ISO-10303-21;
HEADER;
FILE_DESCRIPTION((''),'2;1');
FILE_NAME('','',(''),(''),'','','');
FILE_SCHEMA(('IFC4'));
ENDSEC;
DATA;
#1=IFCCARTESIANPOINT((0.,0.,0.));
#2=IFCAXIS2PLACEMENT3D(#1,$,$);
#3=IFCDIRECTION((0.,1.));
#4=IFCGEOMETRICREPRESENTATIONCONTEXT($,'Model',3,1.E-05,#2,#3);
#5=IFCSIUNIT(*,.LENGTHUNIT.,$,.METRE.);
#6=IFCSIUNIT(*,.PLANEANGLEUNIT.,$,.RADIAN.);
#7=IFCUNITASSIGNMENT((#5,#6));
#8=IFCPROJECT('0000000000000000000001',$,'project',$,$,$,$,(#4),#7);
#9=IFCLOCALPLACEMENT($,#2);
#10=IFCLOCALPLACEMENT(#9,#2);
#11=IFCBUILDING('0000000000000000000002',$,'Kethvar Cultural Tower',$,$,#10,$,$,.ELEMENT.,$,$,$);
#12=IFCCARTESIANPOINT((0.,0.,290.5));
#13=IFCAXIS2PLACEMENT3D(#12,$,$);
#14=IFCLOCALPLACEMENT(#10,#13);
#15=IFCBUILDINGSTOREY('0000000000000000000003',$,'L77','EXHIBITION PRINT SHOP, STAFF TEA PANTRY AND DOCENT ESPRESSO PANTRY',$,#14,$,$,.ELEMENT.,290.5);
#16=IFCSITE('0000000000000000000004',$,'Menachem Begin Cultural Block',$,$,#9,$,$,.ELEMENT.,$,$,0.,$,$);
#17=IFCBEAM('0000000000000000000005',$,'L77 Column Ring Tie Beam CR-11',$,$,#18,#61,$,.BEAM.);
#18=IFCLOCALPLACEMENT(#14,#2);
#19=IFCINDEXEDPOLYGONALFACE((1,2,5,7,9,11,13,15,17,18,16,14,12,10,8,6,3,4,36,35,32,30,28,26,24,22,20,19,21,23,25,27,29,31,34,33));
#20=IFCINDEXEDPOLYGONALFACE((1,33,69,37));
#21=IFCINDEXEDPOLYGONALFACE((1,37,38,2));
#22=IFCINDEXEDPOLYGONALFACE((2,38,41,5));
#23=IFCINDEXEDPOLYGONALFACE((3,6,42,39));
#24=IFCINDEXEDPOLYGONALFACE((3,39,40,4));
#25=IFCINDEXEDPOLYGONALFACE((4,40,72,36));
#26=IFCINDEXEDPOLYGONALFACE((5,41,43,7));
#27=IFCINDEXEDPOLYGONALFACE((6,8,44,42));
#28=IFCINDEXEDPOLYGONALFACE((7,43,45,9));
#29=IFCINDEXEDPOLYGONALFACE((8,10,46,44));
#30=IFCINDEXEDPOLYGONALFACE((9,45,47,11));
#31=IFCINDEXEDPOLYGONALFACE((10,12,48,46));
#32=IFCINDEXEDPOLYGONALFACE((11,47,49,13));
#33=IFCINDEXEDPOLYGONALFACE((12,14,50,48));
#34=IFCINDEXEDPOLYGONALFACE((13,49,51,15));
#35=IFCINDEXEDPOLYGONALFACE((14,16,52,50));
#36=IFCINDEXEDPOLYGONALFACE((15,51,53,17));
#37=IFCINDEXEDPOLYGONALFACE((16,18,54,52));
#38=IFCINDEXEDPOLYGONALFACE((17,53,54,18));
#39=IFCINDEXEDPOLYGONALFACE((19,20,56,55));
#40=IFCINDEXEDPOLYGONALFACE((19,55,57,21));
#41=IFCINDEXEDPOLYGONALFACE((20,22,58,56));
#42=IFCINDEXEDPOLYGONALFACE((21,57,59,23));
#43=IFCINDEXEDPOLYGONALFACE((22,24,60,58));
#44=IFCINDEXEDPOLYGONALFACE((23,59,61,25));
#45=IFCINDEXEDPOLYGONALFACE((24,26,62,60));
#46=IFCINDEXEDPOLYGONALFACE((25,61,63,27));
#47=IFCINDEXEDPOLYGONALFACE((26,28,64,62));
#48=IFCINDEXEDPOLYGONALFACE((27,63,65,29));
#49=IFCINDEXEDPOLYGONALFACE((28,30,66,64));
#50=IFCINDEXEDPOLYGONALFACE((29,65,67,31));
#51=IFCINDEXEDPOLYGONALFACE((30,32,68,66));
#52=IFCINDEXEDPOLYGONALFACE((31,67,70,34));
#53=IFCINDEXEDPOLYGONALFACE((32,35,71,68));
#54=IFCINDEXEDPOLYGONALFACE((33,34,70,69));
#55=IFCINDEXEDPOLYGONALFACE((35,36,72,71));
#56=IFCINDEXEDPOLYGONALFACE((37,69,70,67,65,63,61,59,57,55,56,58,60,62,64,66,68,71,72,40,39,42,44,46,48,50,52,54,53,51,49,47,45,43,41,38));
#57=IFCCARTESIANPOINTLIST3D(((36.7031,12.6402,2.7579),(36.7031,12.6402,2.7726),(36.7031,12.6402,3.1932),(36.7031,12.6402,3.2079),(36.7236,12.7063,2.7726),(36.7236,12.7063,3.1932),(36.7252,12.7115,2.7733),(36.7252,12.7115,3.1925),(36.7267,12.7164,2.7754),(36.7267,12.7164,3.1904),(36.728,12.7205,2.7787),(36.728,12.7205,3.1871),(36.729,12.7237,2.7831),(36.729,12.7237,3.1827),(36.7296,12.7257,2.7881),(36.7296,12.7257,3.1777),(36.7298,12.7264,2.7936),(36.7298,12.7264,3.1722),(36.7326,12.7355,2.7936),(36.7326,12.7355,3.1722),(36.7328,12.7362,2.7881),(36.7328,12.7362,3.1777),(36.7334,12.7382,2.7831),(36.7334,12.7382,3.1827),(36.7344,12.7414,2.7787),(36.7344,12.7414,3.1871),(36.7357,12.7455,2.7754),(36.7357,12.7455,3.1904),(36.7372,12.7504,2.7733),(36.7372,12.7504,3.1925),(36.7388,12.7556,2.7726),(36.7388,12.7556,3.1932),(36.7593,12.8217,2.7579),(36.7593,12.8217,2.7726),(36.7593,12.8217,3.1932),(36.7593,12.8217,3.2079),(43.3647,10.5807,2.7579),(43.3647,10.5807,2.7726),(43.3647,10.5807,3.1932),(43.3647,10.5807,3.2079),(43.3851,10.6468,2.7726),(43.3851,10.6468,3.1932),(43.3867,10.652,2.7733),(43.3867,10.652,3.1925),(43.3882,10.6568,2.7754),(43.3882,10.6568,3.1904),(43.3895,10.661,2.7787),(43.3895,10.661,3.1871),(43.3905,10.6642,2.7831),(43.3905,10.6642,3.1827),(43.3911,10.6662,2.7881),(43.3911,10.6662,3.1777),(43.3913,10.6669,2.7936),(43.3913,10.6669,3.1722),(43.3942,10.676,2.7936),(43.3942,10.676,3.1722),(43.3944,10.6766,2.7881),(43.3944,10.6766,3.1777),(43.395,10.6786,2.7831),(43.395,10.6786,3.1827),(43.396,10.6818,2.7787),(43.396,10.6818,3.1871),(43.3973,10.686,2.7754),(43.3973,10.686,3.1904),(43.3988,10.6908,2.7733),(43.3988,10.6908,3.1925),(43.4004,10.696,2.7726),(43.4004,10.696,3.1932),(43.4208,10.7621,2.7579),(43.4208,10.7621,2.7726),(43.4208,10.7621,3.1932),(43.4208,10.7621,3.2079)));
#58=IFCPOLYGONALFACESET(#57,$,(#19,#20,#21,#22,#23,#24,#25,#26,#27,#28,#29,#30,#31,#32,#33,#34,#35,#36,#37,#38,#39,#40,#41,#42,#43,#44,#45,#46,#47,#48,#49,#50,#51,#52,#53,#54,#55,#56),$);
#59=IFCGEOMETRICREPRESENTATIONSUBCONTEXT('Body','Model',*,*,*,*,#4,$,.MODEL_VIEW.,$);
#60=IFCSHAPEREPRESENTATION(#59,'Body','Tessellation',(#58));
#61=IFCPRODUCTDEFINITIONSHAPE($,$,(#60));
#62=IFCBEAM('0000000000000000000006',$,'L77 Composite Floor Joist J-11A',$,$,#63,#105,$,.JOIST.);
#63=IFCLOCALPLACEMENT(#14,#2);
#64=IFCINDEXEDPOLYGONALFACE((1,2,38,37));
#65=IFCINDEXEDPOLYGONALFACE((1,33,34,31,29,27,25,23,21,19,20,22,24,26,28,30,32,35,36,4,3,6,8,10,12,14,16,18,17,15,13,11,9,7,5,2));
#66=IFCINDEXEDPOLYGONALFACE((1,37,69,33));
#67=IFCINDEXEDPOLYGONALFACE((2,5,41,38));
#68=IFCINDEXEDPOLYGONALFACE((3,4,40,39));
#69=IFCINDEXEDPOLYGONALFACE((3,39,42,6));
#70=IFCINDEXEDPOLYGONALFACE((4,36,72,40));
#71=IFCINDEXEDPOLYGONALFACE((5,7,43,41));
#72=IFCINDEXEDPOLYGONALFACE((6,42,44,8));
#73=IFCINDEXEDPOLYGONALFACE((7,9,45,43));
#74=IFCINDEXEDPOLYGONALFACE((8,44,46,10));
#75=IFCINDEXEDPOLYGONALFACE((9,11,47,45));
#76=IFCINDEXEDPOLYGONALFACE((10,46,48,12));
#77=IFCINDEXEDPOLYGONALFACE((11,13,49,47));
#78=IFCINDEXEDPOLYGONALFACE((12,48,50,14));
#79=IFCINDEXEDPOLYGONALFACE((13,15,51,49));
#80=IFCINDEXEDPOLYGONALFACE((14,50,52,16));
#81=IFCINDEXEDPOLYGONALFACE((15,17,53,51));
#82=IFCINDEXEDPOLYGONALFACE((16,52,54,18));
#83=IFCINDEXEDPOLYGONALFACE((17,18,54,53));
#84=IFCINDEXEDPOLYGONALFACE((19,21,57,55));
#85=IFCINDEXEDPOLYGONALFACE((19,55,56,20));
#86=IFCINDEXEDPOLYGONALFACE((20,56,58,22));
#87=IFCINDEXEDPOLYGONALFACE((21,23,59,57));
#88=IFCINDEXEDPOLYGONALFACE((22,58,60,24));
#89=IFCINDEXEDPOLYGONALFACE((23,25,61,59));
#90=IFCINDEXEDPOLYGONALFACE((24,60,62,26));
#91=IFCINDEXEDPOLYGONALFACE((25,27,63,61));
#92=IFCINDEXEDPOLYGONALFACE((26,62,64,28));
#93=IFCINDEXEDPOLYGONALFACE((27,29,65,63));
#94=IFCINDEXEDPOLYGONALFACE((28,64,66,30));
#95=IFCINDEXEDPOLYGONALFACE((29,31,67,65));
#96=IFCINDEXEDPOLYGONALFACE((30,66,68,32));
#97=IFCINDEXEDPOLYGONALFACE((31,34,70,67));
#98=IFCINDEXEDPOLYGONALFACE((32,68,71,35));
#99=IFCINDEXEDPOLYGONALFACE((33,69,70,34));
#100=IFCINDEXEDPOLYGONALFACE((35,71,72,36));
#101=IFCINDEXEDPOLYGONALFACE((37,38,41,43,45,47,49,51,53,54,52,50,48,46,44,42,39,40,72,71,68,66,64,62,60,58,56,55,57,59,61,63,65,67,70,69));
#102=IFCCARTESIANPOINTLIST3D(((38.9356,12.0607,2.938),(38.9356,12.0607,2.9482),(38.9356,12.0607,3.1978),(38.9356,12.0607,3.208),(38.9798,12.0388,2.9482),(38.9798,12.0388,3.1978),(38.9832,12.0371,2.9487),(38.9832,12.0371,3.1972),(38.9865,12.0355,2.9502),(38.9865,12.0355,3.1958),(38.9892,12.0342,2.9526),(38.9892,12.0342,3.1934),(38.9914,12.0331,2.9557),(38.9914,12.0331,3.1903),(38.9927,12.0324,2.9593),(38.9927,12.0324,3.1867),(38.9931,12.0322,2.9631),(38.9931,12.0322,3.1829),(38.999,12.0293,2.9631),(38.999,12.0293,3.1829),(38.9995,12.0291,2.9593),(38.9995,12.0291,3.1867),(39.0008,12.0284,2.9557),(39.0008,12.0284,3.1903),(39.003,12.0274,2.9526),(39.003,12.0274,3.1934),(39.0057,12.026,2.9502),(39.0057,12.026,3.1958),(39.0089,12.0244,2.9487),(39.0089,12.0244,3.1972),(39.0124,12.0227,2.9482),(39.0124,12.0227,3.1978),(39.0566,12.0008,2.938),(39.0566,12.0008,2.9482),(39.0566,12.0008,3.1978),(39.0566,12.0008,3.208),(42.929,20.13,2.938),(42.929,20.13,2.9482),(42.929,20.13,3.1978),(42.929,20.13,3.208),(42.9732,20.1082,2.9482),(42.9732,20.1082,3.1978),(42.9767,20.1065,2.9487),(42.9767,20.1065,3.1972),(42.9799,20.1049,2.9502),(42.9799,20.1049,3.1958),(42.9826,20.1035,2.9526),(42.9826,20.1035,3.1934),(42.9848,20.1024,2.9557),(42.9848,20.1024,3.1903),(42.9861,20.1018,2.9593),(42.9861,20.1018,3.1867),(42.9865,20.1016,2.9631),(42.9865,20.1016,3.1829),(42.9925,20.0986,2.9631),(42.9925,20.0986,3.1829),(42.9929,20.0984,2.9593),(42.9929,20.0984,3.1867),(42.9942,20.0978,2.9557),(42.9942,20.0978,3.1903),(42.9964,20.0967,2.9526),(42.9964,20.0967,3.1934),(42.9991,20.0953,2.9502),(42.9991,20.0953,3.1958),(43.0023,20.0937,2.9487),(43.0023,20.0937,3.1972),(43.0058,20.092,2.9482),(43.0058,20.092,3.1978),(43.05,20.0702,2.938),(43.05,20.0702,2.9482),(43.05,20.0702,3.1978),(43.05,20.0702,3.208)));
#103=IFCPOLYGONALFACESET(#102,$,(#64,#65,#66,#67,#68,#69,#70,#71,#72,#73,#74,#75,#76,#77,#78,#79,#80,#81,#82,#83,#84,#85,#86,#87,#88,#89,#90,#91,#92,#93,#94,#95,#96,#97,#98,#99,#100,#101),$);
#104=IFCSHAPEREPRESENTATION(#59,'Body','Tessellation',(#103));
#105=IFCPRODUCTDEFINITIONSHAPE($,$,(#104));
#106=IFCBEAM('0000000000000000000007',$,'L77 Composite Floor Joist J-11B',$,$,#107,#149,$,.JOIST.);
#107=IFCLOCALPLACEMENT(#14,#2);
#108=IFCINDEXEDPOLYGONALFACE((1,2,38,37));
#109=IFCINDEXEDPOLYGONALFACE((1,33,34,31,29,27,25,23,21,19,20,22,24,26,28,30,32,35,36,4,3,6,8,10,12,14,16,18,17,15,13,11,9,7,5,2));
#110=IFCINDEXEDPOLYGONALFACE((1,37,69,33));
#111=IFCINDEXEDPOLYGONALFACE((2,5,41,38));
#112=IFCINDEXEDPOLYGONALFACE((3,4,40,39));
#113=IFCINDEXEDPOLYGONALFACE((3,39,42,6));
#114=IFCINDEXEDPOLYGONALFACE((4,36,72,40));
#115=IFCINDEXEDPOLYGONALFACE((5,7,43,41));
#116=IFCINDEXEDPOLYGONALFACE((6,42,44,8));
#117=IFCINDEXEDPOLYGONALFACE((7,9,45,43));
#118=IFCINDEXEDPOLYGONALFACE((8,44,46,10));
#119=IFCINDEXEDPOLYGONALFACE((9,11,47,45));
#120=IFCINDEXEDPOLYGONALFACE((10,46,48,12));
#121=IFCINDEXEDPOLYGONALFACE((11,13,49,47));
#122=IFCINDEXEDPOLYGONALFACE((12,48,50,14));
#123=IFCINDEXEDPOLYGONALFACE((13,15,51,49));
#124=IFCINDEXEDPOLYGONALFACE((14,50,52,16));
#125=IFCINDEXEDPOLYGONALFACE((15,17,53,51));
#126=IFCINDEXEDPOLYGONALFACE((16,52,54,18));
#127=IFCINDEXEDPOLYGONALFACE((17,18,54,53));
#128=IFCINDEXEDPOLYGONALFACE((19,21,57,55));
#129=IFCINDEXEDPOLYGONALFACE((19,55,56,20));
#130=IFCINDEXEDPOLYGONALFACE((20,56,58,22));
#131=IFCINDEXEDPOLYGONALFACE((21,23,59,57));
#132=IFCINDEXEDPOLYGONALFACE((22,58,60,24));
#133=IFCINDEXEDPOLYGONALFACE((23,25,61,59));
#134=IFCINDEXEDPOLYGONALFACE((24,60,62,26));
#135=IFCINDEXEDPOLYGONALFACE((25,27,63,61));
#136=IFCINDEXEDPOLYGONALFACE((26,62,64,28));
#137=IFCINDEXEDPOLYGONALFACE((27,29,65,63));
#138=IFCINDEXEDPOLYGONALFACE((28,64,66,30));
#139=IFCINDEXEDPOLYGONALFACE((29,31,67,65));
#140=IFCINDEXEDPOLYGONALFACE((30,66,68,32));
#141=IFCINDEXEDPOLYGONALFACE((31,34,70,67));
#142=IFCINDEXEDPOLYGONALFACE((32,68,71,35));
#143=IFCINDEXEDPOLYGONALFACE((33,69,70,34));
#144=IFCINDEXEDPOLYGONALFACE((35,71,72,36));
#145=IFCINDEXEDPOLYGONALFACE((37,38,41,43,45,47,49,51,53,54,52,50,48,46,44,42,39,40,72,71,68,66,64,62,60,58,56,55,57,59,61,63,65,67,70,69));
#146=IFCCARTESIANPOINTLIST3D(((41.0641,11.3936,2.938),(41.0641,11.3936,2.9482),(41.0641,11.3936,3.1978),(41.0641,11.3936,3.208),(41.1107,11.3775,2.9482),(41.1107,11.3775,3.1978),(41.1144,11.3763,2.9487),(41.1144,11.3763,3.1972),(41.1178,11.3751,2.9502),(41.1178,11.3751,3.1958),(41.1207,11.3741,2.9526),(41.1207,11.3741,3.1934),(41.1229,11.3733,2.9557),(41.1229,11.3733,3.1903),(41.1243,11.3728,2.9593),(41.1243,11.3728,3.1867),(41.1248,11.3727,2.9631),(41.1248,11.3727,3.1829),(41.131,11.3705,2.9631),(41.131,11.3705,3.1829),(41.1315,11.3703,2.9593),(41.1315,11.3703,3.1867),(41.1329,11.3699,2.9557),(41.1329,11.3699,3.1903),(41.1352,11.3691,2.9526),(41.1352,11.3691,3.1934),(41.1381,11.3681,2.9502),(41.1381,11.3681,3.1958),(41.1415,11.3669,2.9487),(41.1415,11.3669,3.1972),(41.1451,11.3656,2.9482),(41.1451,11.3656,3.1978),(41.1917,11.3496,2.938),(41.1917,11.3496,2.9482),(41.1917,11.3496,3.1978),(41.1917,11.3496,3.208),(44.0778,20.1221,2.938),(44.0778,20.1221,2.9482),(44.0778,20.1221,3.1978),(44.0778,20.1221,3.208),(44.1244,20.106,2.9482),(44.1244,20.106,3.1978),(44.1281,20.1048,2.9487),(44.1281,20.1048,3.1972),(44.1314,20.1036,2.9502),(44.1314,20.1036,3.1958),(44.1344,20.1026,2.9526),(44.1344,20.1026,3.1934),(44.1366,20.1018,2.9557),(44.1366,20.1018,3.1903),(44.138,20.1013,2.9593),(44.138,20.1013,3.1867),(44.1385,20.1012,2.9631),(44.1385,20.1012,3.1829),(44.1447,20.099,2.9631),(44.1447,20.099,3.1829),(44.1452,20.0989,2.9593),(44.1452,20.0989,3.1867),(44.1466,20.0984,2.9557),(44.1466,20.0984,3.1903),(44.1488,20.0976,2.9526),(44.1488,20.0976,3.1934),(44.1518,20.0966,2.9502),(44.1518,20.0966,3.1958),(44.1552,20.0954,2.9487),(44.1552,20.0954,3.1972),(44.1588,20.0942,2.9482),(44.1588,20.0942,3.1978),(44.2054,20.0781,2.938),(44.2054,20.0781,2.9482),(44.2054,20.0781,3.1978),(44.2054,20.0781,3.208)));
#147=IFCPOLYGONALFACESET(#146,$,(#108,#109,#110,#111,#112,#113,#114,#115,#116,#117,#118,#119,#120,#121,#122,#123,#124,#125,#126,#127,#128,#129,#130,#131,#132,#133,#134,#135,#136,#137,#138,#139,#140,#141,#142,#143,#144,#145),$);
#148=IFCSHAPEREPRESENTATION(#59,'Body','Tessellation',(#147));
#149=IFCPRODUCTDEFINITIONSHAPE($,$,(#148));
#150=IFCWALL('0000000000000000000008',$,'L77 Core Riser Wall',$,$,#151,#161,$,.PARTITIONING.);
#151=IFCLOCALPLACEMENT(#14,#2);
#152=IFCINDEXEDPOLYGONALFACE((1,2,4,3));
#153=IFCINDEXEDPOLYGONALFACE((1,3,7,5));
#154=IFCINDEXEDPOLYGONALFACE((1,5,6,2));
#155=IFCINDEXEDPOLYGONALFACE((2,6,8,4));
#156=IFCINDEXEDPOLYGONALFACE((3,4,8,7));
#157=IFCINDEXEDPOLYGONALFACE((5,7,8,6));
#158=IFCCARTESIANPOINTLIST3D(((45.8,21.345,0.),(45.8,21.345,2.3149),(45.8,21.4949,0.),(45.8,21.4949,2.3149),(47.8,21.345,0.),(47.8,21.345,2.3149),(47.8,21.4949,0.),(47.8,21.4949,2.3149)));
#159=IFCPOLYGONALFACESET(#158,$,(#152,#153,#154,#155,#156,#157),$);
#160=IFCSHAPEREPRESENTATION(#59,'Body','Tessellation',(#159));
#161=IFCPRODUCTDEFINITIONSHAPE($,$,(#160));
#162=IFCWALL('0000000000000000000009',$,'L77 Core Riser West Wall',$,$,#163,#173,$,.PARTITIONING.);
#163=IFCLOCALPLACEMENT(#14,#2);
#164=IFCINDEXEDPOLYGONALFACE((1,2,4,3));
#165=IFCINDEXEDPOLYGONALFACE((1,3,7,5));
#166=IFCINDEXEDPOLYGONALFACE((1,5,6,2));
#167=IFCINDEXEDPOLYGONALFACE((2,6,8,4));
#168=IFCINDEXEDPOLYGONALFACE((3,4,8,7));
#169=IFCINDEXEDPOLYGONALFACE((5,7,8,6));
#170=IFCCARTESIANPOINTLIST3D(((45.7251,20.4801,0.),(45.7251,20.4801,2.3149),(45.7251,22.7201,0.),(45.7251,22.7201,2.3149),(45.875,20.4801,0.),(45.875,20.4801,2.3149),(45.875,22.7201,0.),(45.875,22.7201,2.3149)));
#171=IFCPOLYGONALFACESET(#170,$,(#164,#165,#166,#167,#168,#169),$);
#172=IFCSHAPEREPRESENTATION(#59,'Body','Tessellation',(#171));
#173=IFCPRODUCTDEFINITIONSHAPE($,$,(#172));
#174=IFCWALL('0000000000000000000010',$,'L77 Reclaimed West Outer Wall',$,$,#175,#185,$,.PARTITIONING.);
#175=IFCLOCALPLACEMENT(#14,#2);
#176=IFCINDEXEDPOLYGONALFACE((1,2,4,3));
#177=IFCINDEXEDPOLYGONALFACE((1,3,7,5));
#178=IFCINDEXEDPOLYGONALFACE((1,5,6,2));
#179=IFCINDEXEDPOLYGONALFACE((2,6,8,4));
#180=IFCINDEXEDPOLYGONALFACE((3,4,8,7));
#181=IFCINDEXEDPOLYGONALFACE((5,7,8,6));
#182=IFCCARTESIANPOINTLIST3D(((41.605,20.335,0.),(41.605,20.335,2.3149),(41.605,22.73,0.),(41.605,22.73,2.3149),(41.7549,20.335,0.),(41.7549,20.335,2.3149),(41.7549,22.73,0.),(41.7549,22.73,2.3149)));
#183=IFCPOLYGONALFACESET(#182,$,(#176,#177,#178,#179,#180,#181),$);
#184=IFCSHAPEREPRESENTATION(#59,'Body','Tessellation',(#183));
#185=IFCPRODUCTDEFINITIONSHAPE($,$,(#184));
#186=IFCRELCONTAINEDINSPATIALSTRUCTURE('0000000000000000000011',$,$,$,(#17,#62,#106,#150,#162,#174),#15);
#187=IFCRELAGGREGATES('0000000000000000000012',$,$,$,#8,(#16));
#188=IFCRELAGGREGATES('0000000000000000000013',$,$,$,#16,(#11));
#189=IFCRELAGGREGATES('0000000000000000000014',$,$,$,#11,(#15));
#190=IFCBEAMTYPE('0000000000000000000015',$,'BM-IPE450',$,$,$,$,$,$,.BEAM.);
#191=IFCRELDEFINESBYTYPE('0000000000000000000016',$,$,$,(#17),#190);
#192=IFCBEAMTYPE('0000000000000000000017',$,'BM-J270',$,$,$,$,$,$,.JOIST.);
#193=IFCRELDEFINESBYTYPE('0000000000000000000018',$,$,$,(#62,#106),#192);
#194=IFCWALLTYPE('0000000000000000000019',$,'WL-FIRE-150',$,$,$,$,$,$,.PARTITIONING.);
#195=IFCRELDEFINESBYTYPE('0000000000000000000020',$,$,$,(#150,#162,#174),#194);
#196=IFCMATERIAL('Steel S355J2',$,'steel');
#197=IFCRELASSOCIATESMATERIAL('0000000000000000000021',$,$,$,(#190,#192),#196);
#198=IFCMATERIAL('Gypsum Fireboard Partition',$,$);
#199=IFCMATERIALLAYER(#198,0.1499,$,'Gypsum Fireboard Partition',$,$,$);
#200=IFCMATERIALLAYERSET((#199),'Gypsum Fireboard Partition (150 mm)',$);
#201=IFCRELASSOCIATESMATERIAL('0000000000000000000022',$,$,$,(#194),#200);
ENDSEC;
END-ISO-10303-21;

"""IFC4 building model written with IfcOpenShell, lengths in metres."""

from ifc_helpers import new_model, si_unit, direction, frame, frame_2d, origin, origin_2d, place, context, subcontext, project, spatial, rectangle, i_section, extrude, source, transform, mapped, material, layer, layer_set, material_profile, profile_set, type_object, element, save


model = new_model("IFC4")

# Units and contexts
model_context = context("Model", 3, precision=1e-05, world=origin(), true_north=direction((0.0, 1.0)))
body_context = subcontext(model_context, "Body", "Model", "MODEL_VIEW")
ifc_project = project(units=[si_unit("LENGTHUNIT", "METRE"), si_unit("PLANEANGLEUNIT", "RADIAN")], contexts=[model_context])

# Site, building, storey
site_placement = place(None, origin())
site = spatial("IfcSite", under=ifc_project, at=site_placement, Name="Menachem Begin Cultural Block", CompositionType="ELEMENT", RefElevation=0.0)
building_placement = place(site_placement, origin())
building = spatial("IfcBuilding", under=site, at=building_placement, Name="Kethvar Cultural Tower", CompositionType="ELEMENT")
storey_placement = place(building_placement, frame((0.0, 0.0, 290.5)))
storey = spatial("IfcBuildingStorey", under=building, at=storey_placement, Name="L77", Description="EXHIBITION PRINT SHOP, STAFF TEA PANTRY AND DOCENT ESPRESSO PANTRY", CompositionType="ELEMENT", Elevation=290.5)

# Shared definitions
ifc_material_1 = material(Name="Steel S355J2", Category="steel")

# Beams
ifc_material_profile_1 = material_profile(ifc_material_1, i_section(OverallWidth=0.1899, OverallDepth=0.45, WebThickness=0.0095, FlangeThickness=0.0146, FilletRadius=0.021, at=origin_2d()), Name="Steel S355J2 — IPE450")
ifc_profile_set_1 = profile_set([ifc_material_profile_1], Name="Steel S355J2 — IPE450")
beam_type_1 = type_object("IfcBeamType", Name="BM-IPE450", PredefinedType="BEAM", material=ifc_profile_set_1)
ifc_material_profile_2 = material_profile(ifc_material_1, i_section(OverallWidth=0.135, OverallDepth=0.27, WebThickness=0.0066, FlangeThickness=0.0103, FilletRadius=0.0149, at=origin_2d()), Name="Steel S355J2 — IPE270")
ifc_profile_set_2 = profile_set([ifc_material_profile_2], Name="Steel S355J2 — IPE270")
beam_type_2 = type_object("IfcBeamType", Name="BM-J270", PredefinedType="JOIST", material=ifc_profile_set_2)
shared_shape_1 = source(origin(), body_context, "Body", "SweptSolid", [
    extrude(i_section(OverallWidth=0.1899, OverallDepth=0.45, WebThickness=0.0095, FlangeThickness=0.0146, FilletRadius=0.021, at=origin_2d()), origin(), (0.0, 0.0, 1.0), 6.9727),
])
beam_1_placement = place(storey_placement, frame((36.7312, 12.731, 2.9829), z_axis=(0.955381, -0.295375, 0.0), x_axis=(0.295375, 0.955381, 0.0)))
element("IfcBeam", 1, at=beam_1_placement, inside=storey, type_object=beam_type_1, Name="L77 Column Ring Tie Beam CR-11", PredefinedType="BEAM", context=body_context, shape_type="MappedRepresentation", body=[
    mapped(shared_shape_1, transform((0.0, 0.0, 0.0), scale=1.0)),
])
shared_shape_2 = source(origin(), body_context, "Body", "SweptSolid", [
    extrude(i_section(OverallWidth=0.135, OverallDepth=0.27, WebThickness=0.0066, FlangeThickness=0.0103, FilletRadius=0.0149, at=origin_2d()), origin(), (0.0, 0.0, 1.0), 9.0034),
])
beam_2_placement = place(storey_placement, frame((42.9895, 20.1001, 3.073), z_axis=(-0.443544, -0.896253, 0.0), x_axis=(0.896253, -0.443544, 0.0)))
element("IfcBeam", 2, at=beam_2_placement, inside=storey, type_object=beam_type_2, Name="L77 Composite Floor Joist J-11A", PredefinedType="JOIST", context=body_context, shape_type="MappedRepresentation", body=[
    mapped(shared_shape_2, transform((0.0, 0.0, 0.0), scale=1.0)),
])
shared_shape_3 = source(origin(), body_context, "Body", "SweptSolid", [
    extrude(i_section(OverallWidth=0.135, OverallDepth=0.27, WebThickness=0.0066, FlangeThickness=0.0103, FilletRadius=0.0149, at=origin_2d()), origin(), (0.0, 0.0, 1.0), 9.2341),
])
beam_3_placement = place(storey_placement, frame((44.1416, 20.1001, 3.073), z_axis=(-0.326362, -0.945245, 0.0), x_axis=(0.945245, -0.326362, 0.0)))
element("IfcBeam", 3, at=beam_3_placement, inside=storey, type_object=beam_type_2, Name="L77 Composite Floor Joist J-11B", PredefinedType="JOIST", context=body_context, shape_type="MappedRepresentation", body=[
    mapped(shared_shape_3, transform((0.0, 0.0, 0.0), scale=1.0)),
])

# Walls
ifc_material_2 = material(Name="Gypsum Fireboard Partition")
ifc_layer_1 = layer(ifc_material_2, 0.1499, Name="Gypsum Fireboard Partition")
ifc_layer_set_1 = layer_set([ifc_layer_1], Name="Gypsum Fireboard Partition (150 mm)")
wall_type_1 = type_object("IfcWallType", Name="WL-FIRE-150", PredefinedType="PARTITIONING", material=ifc_layer_set_1)
wall_1_placement = place(storey_placement, frame((45.8, 21.4199, 0.0), z_axis=(0.0, 0.0, 1.0), x_axis=(1.0, 0.0, 0.0)))
element("IfcWall", 4, at=wall_1_placement, inside=storey, type_object=wall_type_1, Name="L77 Core Riser Wall", PredefinedType="PARTITIONING", context=body_context, shape_type="SweptSolid", body=[
    extrude(rectangle(XDim=2.0, YDim=0.1499, at=frame_2d((1.0, 0.0))), origin(), (0.0, 0.0, 1.0), 2.3149),
])
wall_2_placement = place(storey_placement, frame((45.8, 20.48, 0.0), z_axis=(0.0, 0.0, 1.0), x_axis=(0.0, 1.0, 0.0)))
element("IfcWall", 5, at=wall_2_placement, inside=storey, type_object=wall_type_1, Name="L77 Core Riser West Wall", PredefinedType="PARTITIONING", context=body_context, shape_type="SweptSolid", body=[
    extrude(rectangle(XDim=2.24, YDim=0.1499, at=frame_2d((1.1201, 0.0))), origin(), (0.0, 0.0, 1.0), 2.3149),
])
wall_3_placement = place(storey_placement, frame((41.6799, 20.335, 0.0), z_axis=(0.0, 0.0, 1.0), x_axis=(0.0, 1.0, 0.0)))
element("IfcWall", 6, at=wall_3_placement, inside=storey, type_object=wall_type_1, Name="L77 Reclaimed West Outer Wall", PredefinedType="PARTITIONING", context=body_context, shape_type="SweptSolid", body=[
    extrude(rectangle(XDim=2.395, YDim=0.1499, at=frame_2d((1.1975, 0.0))), origin(), (0.0, 0.0, 1.0), 2.3149),
])

save(model, "model.ifc")
